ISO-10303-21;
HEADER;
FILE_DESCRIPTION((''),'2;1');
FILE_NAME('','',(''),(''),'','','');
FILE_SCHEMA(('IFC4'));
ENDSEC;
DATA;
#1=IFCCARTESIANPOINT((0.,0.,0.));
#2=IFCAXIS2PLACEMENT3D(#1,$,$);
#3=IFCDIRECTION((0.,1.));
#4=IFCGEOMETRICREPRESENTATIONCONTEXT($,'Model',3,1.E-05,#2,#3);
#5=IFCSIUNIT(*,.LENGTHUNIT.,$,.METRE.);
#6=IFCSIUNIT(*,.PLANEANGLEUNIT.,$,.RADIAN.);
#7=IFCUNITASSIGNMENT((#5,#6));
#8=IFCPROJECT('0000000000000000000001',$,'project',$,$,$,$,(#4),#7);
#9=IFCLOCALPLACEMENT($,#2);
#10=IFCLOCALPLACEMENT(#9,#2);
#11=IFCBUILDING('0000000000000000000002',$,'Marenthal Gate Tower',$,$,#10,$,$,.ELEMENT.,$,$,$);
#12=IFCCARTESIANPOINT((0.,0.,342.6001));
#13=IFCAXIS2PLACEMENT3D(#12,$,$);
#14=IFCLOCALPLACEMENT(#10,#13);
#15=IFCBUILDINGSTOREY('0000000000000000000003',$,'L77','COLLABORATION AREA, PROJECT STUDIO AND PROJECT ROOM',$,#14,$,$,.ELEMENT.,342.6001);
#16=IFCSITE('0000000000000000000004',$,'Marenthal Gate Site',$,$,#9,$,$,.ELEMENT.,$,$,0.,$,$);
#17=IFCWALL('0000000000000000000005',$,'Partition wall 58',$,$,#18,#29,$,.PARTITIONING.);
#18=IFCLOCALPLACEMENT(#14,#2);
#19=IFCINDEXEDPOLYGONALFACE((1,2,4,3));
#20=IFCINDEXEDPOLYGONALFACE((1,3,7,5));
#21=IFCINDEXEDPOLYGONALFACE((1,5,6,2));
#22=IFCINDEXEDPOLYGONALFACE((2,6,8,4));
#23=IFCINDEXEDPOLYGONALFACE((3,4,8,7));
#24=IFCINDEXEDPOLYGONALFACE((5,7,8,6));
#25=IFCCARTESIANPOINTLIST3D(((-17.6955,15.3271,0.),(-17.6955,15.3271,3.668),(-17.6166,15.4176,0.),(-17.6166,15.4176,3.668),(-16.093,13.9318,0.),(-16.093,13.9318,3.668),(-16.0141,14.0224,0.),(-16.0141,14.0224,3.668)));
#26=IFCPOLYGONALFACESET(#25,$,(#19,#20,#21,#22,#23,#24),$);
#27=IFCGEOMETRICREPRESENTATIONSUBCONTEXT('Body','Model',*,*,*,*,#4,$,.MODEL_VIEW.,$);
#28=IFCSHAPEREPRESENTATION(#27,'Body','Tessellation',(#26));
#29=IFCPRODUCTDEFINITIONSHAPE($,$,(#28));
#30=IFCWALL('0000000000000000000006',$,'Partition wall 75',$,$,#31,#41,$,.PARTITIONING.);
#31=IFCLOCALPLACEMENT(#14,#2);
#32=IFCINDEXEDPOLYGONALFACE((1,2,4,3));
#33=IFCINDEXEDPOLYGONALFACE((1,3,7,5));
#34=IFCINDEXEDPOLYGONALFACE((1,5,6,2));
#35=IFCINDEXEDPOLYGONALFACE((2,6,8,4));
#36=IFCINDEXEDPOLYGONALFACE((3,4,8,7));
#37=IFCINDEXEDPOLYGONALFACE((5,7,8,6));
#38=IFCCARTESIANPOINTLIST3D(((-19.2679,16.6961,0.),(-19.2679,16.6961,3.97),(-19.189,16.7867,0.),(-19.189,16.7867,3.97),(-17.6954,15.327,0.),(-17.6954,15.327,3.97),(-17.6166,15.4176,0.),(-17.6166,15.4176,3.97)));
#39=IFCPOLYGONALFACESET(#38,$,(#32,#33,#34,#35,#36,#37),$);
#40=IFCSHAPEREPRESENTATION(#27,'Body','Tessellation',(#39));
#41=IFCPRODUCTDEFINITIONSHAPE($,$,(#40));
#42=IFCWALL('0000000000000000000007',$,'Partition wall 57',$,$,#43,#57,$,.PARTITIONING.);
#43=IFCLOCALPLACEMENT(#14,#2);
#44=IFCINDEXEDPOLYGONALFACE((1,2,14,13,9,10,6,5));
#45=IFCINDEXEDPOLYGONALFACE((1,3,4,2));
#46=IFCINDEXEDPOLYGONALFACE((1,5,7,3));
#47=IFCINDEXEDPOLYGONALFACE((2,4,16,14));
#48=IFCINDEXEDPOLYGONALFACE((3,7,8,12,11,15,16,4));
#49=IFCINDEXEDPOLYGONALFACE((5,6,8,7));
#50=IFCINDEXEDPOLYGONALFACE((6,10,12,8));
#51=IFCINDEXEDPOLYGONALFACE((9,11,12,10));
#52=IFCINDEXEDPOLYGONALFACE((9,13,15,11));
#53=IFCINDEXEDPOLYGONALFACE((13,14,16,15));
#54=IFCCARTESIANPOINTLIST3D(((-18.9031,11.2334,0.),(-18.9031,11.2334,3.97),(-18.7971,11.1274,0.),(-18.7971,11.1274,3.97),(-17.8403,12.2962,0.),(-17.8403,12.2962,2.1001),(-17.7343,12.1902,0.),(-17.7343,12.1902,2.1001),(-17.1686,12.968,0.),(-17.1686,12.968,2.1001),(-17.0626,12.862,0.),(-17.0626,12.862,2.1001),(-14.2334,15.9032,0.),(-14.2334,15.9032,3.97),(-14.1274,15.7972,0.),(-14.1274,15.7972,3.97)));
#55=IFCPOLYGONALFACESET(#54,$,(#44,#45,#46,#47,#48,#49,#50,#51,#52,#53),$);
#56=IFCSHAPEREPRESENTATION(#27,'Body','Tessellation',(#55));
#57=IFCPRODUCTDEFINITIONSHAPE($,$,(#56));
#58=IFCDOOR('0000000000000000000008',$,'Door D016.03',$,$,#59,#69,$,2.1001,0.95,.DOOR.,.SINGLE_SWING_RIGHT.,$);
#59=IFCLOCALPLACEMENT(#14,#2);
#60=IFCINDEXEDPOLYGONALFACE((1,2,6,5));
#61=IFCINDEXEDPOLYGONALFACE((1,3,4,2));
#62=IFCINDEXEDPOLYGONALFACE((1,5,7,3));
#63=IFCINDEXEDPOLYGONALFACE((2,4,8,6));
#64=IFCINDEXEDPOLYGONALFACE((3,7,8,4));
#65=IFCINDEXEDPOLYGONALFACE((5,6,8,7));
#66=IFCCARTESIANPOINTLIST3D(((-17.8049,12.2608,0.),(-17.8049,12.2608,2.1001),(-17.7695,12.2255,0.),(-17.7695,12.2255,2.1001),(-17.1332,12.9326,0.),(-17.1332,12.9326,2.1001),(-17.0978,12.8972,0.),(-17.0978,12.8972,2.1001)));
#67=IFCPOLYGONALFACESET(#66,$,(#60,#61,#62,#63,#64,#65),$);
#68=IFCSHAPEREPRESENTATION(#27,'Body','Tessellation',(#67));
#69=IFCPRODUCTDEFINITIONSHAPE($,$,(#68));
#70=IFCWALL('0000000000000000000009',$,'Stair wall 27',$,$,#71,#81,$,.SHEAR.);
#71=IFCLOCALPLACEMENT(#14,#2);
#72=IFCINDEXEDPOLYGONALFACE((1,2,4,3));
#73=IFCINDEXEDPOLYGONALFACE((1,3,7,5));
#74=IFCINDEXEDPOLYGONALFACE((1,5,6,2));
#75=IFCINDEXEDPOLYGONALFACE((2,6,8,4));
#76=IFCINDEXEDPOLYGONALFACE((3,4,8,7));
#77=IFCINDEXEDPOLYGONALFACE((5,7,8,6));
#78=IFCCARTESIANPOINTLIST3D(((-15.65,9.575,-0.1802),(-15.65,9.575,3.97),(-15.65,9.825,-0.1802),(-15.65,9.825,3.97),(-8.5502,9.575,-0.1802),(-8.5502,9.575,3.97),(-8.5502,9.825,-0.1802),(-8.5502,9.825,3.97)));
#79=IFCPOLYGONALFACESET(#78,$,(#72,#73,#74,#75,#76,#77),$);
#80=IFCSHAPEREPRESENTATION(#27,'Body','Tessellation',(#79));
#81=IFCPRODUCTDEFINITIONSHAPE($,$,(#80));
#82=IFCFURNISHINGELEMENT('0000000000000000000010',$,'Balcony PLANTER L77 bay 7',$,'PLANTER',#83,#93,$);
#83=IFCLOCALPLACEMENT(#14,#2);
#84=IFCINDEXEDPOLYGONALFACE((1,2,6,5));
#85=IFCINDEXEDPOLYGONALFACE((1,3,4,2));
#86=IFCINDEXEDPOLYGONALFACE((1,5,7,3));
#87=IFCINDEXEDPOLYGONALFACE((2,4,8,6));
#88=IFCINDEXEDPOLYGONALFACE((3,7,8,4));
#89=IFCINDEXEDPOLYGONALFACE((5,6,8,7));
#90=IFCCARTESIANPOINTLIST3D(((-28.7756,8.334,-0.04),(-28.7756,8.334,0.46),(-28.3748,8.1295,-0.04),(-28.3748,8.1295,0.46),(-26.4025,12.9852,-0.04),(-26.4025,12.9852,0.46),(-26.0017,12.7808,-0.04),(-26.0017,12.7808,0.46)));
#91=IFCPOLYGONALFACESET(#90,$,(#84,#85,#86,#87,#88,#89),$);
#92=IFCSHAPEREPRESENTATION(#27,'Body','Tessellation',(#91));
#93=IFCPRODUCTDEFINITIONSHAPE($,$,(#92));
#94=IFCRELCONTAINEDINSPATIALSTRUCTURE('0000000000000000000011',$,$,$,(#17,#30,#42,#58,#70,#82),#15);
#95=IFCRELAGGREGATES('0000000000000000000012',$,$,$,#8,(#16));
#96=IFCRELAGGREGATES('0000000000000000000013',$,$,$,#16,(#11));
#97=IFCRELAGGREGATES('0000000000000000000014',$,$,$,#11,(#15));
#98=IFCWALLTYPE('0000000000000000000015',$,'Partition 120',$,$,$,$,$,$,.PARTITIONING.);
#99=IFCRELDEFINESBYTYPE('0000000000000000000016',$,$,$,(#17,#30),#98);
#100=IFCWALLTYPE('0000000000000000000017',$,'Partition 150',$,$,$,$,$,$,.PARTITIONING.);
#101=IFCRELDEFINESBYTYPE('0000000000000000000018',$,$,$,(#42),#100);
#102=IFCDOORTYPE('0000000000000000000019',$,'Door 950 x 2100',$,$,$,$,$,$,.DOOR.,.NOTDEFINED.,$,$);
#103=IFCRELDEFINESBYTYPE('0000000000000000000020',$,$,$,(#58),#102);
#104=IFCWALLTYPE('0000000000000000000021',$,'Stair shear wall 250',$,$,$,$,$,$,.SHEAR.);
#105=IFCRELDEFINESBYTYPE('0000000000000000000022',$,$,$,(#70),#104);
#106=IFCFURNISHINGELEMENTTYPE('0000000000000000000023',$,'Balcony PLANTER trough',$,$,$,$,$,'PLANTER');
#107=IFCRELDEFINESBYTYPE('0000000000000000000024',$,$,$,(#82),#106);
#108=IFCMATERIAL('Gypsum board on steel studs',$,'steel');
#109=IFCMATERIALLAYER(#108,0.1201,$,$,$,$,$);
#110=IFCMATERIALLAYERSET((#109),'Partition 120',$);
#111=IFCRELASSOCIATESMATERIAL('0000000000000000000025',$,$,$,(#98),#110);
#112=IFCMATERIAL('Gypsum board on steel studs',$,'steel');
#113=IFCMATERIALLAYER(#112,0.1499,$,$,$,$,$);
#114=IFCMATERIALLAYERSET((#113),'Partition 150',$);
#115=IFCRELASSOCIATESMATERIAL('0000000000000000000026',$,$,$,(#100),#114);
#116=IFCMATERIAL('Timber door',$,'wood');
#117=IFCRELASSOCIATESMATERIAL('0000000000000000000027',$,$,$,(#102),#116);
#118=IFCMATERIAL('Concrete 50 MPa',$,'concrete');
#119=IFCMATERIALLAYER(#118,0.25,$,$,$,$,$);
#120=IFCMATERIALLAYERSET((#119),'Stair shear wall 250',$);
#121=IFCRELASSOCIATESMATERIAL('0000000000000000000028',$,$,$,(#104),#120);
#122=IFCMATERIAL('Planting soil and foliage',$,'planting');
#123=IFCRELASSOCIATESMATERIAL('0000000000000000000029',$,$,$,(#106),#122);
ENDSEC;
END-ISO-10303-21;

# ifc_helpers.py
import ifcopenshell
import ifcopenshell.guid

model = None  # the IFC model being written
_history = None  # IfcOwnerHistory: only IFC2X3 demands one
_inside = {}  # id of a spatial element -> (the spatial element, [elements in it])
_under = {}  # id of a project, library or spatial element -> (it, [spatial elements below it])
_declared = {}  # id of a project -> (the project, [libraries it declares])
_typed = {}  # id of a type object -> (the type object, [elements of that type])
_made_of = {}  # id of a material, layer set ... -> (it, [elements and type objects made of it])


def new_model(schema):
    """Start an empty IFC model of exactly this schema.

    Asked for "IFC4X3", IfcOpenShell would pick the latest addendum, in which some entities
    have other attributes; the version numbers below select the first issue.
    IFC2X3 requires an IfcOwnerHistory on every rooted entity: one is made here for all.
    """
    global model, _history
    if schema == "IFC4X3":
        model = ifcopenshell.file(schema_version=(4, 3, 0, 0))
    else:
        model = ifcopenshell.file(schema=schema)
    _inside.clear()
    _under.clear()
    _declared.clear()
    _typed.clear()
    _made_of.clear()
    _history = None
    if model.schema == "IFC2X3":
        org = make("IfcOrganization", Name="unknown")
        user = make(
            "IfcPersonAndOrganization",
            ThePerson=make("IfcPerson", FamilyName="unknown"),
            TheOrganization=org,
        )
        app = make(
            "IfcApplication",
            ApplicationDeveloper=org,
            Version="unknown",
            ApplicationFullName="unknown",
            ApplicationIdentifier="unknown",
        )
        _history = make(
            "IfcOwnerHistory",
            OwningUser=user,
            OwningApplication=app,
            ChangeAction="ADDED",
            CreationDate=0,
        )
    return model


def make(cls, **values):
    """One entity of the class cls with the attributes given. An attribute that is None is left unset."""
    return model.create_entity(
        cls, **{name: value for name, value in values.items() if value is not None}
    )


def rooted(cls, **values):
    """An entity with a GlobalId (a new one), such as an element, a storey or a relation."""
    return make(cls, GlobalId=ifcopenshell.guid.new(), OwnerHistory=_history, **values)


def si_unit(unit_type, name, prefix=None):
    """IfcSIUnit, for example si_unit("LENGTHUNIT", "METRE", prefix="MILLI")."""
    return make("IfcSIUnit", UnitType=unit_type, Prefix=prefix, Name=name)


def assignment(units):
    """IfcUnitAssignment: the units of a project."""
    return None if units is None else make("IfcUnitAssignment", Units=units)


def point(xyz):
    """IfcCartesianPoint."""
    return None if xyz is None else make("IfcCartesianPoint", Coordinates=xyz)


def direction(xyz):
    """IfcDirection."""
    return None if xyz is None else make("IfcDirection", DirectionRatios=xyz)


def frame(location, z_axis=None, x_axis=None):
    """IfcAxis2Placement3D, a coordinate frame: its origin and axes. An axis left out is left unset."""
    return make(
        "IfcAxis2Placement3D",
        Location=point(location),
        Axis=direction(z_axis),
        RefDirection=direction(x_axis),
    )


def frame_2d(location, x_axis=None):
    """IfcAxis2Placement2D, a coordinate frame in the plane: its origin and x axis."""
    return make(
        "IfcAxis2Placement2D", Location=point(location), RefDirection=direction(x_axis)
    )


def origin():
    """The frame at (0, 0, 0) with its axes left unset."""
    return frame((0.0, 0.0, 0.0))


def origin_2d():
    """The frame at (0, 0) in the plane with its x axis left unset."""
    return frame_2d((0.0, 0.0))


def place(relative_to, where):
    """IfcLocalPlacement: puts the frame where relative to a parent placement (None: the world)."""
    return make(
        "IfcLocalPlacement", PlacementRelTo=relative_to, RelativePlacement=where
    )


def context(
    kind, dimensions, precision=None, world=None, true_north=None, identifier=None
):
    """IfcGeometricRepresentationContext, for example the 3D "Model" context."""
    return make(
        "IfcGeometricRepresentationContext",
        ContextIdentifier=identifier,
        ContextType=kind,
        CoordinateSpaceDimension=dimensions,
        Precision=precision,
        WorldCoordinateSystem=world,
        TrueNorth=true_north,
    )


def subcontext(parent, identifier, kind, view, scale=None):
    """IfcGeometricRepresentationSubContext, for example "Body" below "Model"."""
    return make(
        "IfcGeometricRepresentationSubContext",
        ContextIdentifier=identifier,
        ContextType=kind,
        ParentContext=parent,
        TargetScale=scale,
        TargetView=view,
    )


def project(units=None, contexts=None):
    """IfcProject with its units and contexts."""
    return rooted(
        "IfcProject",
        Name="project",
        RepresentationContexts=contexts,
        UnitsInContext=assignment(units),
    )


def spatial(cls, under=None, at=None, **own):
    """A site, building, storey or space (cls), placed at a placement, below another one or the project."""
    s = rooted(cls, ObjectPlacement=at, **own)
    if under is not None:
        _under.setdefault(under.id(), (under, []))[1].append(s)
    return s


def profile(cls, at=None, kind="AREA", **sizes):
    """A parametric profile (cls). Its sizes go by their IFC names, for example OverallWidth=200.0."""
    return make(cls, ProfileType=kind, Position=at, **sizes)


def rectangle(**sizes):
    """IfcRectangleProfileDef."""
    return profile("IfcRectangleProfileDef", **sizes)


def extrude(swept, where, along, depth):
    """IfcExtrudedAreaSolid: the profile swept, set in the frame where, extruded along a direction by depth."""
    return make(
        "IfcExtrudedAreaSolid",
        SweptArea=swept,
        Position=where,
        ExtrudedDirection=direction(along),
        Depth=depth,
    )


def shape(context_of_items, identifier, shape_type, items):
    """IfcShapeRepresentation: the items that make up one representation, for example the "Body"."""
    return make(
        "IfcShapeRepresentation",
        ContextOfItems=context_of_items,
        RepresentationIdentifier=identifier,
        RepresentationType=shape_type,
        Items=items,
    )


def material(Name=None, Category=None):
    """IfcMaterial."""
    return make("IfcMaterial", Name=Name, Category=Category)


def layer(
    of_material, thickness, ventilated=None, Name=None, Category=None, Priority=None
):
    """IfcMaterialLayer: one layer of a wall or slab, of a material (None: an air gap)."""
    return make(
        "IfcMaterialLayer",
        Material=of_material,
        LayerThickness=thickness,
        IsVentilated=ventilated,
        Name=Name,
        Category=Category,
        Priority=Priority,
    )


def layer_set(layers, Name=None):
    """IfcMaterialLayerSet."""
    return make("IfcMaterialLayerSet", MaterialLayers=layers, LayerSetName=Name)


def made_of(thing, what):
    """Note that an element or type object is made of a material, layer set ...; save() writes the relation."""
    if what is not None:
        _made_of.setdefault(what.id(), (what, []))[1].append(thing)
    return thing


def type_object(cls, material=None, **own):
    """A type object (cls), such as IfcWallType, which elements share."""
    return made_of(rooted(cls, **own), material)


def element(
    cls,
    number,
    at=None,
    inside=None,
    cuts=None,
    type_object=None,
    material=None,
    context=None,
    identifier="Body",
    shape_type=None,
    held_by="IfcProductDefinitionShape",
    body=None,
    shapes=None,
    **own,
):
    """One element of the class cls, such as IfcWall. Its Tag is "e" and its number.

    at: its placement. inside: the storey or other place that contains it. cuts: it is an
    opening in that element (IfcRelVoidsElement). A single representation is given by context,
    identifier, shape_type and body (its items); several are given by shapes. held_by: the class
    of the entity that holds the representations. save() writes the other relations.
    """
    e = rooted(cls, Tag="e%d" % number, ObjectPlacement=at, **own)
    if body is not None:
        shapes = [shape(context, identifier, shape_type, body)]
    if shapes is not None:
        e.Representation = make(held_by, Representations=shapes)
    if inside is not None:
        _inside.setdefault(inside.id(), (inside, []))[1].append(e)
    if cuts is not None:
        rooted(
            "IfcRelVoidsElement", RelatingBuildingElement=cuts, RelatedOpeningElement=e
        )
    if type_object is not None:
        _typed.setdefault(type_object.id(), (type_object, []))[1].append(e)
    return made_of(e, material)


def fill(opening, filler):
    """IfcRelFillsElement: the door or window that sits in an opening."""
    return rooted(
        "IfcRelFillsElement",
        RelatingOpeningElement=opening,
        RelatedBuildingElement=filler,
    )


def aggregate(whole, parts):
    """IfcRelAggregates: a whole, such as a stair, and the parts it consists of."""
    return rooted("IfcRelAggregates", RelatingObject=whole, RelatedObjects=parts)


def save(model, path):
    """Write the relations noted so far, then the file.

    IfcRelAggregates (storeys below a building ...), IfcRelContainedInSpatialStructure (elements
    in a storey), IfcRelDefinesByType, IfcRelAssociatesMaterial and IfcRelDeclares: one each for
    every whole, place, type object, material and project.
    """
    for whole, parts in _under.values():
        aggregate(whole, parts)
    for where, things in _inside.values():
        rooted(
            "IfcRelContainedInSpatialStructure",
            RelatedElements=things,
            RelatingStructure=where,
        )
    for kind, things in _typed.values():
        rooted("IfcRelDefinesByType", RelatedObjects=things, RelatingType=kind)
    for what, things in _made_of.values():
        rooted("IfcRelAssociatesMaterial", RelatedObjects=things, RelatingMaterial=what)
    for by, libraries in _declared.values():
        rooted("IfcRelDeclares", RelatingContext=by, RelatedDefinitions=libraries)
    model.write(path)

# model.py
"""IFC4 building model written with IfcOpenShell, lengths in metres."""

from ifc_helpers import new_model, si_unit, direction, frame, frame_2d, origin, origin_2d, place, context, subcontext, project, spatial, rectangle, extrude, material, layer, layer_set, type_object, element, fill, save


model = new_model("IFC4")

# Units and contexts
model_context = context("Model", 3, precision=1e-05, world=origin(), true_north=direction((0.0, 1.0)))
body_context = subcontext(model_context, "Body", "Model", "MODEL_VIEW")
ifc_project = project(units=[si_unit("LENGTHUNIT", "METRE"), si_unit("PLANEANGLEUNIT", "RADIAN")], contexts=[model_context])

# Site, building, storey
site_placement = place(None, origin())
site = spatial("IfcSite", under=ifc_project, at=site_placement, Name="Marenthal Gate Site", CompositionType="ELEMENT", RefElevation=0.0)
building_placement = place(site_placement, origin())
building = spatial("IfcBuilding", under=site, at=building_placement, Name="Marenthal Gate Tower", CompositionType="ELEMENT")
storey_placement = place(building_placement, frame((0.0, 0.0, 342.6001)))
storey = spatial("IfcBuildingStorey", under=building, at=storey_placement, Name="L77", Description="COLLABORATION AREA, PROJECT STUDIO AND PROJECT ROOM", CompositionType="ELEMENT", Elevation=342.6001)

# Walls
ifc_material_1 = material(Name="Gypsum board on steel studs", Category="steel")
ifc_layer_1 = layer(ifc_material_1, 0.1201)
ifc_layer_set_1 = layer_set([ifc_layer_1], Name="Partition 120")
wall_type_1 = type_object("IfcWallType", Name="Partition 120", PredefinedType="PARTITIONING", material=ifc_layer_set_1)
wall_1_placement = place(storey_placement, frame((-16.0535, 13.9771, 0.0), z_axis=(0.0, 0.0, 1.0), x_axis=(-0.754197, 0.656648, 0.0)))
element("IfcWall", 1, at=wall_1_placement, inside=storey, type_object=wall_type_1, Name="Partition wall 58", PredefinedType="PARTITIONING", context=body_context, shape_type="SweptSolid", body=[
    extrude(rectangle(XDim=2.1248, YDim=0.1201, at=frame_2d((1.0625, 0.0))), origin(), (0.0, 0.0, 1.0), 3.668),
])
wall_2_placement = place(storey_placement, frame((-17.656, 15.3723, 0.0), z_axis=(0.0, 0.0, 1.0), x_axis=(-0.754192, 0.656654, 0.0)))
element("IfcWall", 2, at=wall_2_placement, inside=storey, type_object=wall_type_1, Name="Partition wall 75", PredefinedType="PARTITIONING", context=body_context, shape_type="SweptSolid", body=[
    extrude(rectangle(XDim=2.085, YDim=0.1201, at=frame_2d((1.0425, 0.0))), origin(), (0.0, 0.0, 1.0), 3.97),
])

# Wall, opening, door
ifc_material_2 = material(Name="Gypsum board on steel studs", Category="steel")
ifc_layer_2 = layer(ifc_material_2, 0.1499)
ifc_layer_set_2 = layer_set([ifc_layer_2], Name="Partition 150")
wall_type_2 = type_object("IfcWallType", Name="Partition 150", PredefinedType="PARTITIONING", material=ifc_layer_set_2)
wall_3_placement = place(storey_placement, frame((-18.8501, 11.1804, 0.0), z_axis=(0.0, 0.0, 1.0), x_axis=(0.707107, 0.707107, 0.0)))
wall_3 = element("IfcWall", 3, at=wall_3_placement, inside=storey, type_object=wall_type_2, Name="Partition wall 57", PredefinedType="PARTITIONING", context=body_context, shape_type="SweptSolid", body=[
    extrude(rectangle(XDim=6.604, YDim=0.1499, at=frame_2d((3.302, 0.0))), origin(), (0.0, 0.0, 1.0), 3.97),
])
opening_1_placement = place(wall_3_placement, frame((1.5029, 0.0, 0.0)))
opening_1 = element("IfcOpeningElement", 4, at=opening_1_placement, cuts=wall_3, PredefinedType="OPENING", context=body_context, shape_type="SweptSolid", body=[
    extrude(rectangle(XDim=0.95, YDim=2.1001, at=frame_2d((0.4751, 1.05))), frame((0.0, 0.085, 0.0), z_axis=(0.0, -1.0, 0.0), x_axis=(1.0, 0.0, 0.0)), (0.0, 0.0, 1.0), 0.1699),
])
ifc_material_3 = material(Name="Timber door", Category="wood")
door_type_1 = type_object("IfcDoorType", Name="Door 950 x 2100", OperationType="NOTDEFINED", PredefinedType="DOOR", material=ifc_material_3)
door_1_placement = place(opening_1_placement, origin())
door_1 = element("IfcDoor", 5, at=door_1_placement, inside=storey, type_object=door_type_1, Name="Door D016.03", OperationType="SINGLE_SWING_RIGHT", OverallHeight=2.1001, OverallWidth=0.95, PredefinedType="DOOR", context=body_context, shape_type="SweptSolid", body=[
    extrude(rectangle(XDim=0.95, YDim=2.1001, at=frame_2d((0.4751, 1.05))), frame((0.0, 0.0249, 0.0), z_axis=(0.0, -1.0, 0.0), x_axis=(1.0, 0.0, 0.0)), (0.0, 0.0, 1.0), 0.05),
])
fill(opening_1, door_1)

# Wall
ifc_material_4 = material(Name="Concrete 50 MPa", Category="concrete")
ifc_layer_3 = layer(ifc_material_4, 0.25)
ifc_layer_set_3 = layer_set([ifc_layer_3], Name="Stair shear wall 250")
wall_type_3 = type_object("IfcWallType", Name="Stair shear wall 250", PredefinedType="SHEAR", material=ifc_layer_set_3)
wall_4_placement = place(storey_placement, frame((-15.6499, 9.7, -0.1802), z_axis=(0.0, 0.0, 1.0), x_axis=(1.0, 0.0, 0.0)))
element("IfcWall", 6, at=wall_4_placement, inside=storey, type_object=wall_type_3, Name="Stair wall 27", PredefinedType="SHEAR", context=body_context, shape_type="SweptSolid", body=[
    extrude(rectangle(XDim=7.0999, YDim=0.25, at=frame_2d((3.5498, 0.0))), origin(), (0.0, 0.0, 1.0), 4.1501),
])

# Furnishing element
ifc_material_5 = material(Name="Planting soil and foliage", Category="planting")
furnishing_element_type = type_object("IfcFurnishingElementType", Name="Balcony PLANTER trough", ElementType="PLANTER", material=ifc_material_5)
furnishing_placement = place(storey_placement, frame((-27.3887, 10.5574, -0.04), z_axis=(0.0, 0.0, 1.0), x_axis=(-0.454476, -0.890759, 0.0)))
element("IfcFurnishingElement", 7, at=furnishing_placement, inside=storey, type_object=furnishing_element_type, Name="Balcony PLANTER L77 bay 7", ObjectType="PLANTER", context=body_context, shape_type="SweptSolid", body=[
    extrude(rectangle(XDim=5.2217, YDim=0.45, at=origin_2d()), origin(), (0.0, 0.0, 1.0), 0.5),
])

save(model, "model.ifc")
